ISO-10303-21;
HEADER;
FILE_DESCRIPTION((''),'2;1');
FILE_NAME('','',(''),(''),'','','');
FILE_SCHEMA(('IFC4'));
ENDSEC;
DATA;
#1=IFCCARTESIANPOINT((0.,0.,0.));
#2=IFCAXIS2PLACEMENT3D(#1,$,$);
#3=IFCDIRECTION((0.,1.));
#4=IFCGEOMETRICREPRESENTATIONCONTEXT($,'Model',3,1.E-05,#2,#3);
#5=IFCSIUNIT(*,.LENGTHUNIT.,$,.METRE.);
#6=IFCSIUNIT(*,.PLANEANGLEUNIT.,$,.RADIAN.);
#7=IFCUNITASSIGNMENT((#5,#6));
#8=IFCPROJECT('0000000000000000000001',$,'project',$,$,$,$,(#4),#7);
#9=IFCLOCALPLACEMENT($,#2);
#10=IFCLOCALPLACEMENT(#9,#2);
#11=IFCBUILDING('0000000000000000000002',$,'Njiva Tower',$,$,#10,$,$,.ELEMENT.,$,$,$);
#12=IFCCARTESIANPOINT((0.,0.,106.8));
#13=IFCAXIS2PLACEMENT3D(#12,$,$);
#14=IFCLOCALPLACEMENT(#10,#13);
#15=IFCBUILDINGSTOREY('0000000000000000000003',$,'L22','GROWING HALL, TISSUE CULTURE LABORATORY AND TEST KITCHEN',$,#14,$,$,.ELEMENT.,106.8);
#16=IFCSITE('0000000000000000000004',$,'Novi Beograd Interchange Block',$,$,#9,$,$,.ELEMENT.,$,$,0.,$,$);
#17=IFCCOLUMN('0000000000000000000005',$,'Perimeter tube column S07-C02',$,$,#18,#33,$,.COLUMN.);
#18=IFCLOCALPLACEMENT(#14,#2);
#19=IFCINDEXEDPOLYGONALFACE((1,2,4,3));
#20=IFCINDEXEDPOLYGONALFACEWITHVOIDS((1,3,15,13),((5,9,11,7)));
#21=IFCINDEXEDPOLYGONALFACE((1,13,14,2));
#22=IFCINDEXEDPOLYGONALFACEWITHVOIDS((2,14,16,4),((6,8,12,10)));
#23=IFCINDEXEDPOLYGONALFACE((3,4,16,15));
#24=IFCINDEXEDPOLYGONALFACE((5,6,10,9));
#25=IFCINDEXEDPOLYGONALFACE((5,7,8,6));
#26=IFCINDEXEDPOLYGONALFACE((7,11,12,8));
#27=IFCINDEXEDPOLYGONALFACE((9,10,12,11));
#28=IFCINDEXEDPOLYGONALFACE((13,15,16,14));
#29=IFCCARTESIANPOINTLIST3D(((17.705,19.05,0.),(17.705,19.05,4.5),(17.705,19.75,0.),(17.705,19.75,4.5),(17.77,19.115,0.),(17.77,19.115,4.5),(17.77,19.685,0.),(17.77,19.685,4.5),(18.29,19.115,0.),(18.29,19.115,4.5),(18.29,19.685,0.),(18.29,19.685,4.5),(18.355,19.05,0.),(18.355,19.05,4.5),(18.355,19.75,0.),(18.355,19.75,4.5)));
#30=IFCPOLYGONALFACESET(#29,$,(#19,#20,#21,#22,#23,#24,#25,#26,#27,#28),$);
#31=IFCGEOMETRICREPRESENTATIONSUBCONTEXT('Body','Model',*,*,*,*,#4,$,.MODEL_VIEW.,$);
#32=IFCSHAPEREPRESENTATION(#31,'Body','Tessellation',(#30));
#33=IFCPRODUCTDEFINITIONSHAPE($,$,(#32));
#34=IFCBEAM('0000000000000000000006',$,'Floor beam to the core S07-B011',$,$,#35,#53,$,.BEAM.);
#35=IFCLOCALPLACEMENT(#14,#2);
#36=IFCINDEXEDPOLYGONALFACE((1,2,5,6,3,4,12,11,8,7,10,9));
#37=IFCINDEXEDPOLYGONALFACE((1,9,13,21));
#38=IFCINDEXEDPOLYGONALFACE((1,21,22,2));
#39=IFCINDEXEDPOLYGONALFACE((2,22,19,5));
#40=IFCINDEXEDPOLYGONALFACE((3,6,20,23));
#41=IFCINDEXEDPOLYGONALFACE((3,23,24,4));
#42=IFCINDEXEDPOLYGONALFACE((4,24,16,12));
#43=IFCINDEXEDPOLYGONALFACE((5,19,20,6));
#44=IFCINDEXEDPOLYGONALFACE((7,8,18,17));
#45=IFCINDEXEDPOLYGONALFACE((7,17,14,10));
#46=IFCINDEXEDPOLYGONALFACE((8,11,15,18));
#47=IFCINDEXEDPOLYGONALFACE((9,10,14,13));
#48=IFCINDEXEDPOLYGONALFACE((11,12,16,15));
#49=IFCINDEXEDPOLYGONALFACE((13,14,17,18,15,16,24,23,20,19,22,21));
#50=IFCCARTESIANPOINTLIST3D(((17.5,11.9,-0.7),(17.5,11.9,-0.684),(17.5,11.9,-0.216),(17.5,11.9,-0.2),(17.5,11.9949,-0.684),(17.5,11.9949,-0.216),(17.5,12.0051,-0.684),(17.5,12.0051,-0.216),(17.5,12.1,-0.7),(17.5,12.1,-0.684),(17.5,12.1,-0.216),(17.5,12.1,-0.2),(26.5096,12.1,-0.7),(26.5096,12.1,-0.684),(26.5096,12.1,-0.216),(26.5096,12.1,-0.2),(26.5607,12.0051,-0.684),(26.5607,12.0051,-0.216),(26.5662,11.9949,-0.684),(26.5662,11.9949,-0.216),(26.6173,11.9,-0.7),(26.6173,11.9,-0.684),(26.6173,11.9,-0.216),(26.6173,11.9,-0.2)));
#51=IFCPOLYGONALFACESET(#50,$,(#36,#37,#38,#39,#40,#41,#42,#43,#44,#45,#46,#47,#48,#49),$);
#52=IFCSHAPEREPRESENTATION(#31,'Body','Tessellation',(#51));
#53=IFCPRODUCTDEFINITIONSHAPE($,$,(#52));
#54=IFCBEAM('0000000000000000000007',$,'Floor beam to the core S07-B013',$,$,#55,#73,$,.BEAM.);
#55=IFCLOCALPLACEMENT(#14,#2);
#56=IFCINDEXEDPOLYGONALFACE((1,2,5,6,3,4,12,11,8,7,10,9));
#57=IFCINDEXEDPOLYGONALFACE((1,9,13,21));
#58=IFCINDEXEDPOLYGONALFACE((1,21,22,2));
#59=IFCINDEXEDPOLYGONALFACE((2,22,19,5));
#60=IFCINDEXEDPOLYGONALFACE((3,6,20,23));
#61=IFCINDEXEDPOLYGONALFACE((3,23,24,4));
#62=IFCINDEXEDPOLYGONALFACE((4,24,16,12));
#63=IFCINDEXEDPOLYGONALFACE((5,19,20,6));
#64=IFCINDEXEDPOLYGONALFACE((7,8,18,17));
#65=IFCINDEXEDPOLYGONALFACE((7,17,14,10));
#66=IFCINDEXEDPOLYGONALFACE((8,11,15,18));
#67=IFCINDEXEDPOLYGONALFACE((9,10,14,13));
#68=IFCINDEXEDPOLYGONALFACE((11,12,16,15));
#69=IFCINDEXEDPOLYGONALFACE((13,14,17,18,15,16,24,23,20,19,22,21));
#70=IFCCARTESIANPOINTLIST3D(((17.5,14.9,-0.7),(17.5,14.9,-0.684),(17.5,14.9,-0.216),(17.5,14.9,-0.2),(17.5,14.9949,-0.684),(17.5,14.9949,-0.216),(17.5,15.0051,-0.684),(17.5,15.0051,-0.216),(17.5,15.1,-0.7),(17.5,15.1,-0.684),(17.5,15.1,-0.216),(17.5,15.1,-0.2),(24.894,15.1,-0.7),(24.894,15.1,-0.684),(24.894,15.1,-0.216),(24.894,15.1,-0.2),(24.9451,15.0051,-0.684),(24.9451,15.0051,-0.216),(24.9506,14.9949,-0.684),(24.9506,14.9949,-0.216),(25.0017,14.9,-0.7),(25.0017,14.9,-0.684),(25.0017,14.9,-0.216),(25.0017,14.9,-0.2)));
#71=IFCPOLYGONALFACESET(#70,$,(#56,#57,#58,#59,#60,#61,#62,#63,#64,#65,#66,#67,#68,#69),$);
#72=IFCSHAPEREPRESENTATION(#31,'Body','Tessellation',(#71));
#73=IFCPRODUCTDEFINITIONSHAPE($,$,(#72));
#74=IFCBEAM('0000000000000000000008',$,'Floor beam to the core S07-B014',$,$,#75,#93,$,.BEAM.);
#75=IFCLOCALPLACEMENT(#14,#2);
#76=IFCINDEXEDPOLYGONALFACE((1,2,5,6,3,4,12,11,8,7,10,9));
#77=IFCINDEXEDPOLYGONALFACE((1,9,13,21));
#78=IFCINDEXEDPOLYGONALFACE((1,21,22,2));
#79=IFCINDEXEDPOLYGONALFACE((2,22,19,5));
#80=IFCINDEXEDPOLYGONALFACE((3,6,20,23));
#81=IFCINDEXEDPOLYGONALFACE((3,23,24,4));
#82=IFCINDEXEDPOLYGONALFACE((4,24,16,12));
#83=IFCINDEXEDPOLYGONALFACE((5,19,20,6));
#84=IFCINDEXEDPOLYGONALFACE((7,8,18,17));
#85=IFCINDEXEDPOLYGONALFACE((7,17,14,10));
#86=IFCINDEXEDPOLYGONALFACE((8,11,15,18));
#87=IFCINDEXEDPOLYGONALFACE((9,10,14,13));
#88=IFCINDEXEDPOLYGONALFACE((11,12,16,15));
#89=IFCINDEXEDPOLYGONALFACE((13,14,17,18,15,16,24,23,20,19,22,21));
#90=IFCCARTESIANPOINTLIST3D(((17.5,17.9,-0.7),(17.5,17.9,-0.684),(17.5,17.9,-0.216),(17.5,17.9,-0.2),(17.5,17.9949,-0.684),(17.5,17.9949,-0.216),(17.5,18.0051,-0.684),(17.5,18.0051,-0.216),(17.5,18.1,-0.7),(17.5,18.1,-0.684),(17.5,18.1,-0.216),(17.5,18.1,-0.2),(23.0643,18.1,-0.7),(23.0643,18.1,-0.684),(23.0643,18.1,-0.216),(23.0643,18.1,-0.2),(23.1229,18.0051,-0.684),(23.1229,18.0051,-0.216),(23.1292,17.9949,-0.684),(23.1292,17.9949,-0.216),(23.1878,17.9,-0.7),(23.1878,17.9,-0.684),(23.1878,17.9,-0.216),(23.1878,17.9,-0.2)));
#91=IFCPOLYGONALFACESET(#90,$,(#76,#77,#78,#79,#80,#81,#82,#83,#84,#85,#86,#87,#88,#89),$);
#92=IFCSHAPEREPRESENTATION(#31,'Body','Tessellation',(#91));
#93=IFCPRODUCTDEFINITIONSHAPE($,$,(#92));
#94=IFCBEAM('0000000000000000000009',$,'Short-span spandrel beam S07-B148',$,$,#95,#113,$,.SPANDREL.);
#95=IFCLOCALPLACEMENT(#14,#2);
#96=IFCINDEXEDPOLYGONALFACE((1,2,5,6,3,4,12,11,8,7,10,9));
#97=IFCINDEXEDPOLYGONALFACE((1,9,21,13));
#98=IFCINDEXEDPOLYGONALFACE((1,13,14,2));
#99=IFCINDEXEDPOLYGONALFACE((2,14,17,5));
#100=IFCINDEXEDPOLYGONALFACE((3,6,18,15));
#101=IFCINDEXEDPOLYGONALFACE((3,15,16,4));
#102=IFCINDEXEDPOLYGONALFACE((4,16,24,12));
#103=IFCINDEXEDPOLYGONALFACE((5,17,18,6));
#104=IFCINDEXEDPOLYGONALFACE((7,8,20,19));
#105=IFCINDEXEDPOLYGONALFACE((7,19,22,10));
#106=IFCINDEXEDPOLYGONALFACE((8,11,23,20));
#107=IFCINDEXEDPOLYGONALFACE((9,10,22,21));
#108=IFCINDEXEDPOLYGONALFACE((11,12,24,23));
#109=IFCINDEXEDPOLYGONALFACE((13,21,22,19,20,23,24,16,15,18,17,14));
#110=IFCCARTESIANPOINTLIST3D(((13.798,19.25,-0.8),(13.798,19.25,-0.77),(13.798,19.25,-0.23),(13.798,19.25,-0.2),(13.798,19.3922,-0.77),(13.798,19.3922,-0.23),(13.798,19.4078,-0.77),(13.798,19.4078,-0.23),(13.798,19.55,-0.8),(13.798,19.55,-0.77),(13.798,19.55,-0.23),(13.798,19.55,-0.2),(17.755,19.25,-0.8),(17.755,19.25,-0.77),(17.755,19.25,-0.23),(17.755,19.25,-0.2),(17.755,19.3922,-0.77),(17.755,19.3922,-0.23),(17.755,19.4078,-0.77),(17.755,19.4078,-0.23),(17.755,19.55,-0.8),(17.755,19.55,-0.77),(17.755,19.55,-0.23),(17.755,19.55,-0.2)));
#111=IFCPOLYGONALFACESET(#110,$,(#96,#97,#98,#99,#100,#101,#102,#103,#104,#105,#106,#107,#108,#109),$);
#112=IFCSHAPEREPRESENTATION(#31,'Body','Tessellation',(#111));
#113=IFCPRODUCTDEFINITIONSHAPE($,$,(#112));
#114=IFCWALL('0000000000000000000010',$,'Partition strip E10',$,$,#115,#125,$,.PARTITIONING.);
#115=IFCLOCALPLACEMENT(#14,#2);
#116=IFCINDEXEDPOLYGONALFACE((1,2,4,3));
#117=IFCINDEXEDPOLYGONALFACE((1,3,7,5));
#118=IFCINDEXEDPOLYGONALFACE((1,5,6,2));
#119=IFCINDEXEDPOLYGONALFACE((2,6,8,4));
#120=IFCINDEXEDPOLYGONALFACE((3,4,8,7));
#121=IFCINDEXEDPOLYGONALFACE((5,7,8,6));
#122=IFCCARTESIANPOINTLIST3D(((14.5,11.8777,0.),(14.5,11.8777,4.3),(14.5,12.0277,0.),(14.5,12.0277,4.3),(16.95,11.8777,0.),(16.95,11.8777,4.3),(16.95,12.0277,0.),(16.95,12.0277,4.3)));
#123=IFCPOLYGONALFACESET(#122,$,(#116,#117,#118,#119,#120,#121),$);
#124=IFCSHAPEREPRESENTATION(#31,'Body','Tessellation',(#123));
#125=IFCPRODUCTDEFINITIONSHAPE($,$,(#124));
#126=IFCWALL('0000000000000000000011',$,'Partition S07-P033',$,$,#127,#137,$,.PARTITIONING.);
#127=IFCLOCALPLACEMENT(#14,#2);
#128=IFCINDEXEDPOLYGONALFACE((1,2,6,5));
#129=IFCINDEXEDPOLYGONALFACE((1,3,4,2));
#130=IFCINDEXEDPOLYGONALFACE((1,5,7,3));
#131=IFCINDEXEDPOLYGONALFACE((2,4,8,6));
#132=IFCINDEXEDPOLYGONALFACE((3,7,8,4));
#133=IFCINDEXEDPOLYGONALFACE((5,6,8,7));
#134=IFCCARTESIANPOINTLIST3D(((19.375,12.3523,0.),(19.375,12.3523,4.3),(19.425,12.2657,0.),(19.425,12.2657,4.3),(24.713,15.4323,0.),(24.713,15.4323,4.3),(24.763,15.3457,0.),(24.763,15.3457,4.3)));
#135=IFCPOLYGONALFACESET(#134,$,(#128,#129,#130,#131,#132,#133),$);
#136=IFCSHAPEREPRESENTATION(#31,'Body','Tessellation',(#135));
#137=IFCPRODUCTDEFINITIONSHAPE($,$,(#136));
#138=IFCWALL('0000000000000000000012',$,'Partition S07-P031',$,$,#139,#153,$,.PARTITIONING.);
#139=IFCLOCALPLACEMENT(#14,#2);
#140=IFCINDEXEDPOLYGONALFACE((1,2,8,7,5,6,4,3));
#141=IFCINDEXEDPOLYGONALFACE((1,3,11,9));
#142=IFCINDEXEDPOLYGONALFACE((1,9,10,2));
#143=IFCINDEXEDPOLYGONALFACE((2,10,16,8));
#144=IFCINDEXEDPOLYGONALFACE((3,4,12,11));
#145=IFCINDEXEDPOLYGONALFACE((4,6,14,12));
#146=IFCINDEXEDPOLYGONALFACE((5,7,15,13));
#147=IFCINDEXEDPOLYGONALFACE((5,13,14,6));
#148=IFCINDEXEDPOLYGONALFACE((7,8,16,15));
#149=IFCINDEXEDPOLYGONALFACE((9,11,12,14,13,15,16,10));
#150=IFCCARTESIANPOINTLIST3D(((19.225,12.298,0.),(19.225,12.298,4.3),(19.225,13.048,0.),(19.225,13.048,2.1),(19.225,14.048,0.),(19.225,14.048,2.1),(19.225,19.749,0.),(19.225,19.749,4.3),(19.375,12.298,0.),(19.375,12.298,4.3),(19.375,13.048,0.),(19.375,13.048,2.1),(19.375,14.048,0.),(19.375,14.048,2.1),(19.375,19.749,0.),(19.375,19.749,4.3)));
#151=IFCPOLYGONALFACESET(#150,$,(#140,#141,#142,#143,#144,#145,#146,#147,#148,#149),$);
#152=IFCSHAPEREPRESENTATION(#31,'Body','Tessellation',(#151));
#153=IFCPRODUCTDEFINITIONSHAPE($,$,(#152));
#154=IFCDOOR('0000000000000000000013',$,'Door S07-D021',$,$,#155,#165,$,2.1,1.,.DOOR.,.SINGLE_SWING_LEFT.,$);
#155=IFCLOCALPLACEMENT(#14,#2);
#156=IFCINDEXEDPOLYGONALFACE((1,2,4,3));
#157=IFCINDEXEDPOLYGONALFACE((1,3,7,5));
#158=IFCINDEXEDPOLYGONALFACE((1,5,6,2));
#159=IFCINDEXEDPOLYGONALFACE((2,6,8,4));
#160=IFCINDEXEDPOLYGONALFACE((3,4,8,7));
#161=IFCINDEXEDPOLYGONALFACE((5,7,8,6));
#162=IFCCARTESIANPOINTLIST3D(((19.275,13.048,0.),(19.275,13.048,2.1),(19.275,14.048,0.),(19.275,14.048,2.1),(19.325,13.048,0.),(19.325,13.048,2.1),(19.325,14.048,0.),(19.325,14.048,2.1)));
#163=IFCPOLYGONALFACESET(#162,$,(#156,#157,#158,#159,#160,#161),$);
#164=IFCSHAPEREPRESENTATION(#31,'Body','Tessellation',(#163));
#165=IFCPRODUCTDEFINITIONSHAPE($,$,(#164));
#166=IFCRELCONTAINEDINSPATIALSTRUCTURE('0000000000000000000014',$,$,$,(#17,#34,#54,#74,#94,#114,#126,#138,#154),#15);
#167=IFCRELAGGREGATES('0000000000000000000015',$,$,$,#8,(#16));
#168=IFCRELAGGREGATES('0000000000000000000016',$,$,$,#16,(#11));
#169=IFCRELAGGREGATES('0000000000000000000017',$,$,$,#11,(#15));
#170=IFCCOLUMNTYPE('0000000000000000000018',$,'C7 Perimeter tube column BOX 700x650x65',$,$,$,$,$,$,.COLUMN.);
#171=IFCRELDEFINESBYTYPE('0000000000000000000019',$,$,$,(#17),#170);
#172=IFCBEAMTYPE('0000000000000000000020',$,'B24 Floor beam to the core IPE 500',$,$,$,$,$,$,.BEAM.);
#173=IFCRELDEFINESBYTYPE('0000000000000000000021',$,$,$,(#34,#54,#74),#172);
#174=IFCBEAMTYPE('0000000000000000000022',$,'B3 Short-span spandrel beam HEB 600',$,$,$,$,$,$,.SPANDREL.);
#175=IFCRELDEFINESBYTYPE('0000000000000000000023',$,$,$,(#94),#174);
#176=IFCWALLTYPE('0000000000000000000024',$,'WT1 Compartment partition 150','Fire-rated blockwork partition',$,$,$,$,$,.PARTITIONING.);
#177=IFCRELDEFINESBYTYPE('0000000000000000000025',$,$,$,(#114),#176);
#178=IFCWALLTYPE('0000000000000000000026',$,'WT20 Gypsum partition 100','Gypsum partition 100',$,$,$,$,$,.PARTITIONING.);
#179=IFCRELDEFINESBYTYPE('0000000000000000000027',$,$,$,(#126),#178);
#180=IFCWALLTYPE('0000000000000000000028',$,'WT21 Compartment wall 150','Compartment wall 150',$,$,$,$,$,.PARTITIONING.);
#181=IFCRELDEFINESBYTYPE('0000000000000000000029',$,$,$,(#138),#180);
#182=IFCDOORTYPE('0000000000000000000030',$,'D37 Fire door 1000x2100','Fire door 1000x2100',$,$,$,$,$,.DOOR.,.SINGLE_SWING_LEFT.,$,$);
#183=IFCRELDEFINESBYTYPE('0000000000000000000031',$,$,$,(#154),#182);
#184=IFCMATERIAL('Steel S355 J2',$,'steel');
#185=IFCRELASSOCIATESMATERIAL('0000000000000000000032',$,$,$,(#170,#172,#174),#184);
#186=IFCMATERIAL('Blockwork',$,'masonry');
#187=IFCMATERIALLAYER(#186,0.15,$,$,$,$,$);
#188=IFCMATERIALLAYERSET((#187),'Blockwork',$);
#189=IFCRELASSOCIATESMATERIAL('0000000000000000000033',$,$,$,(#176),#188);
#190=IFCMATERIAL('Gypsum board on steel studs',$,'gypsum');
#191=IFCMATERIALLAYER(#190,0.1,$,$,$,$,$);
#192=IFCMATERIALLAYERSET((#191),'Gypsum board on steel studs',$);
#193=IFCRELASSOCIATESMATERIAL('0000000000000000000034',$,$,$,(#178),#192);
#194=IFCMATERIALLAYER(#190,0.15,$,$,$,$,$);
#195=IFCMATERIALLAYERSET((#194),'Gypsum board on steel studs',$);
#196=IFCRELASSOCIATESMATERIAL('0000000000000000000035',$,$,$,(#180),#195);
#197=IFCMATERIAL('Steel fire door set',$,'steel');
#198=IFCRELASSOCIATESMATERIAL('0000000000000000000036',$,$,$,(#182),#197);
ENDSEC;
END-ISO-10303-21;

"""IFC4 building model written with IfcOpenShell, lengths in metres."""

from ifc_helpers import new_model, si_unit, direction, frame, frame_2d, origin, origin_2d, place, context, subcontext, project, spatial, rectangle, hollow_rectangle, i_section, extrude, clip, halfspace, material, layer, layer_set, material_profile, profile_set, type_object, element, fill, save


model = new_model("IFC4")

# Units and contexts
model_context = context("Model", 3, precision=1e-05, world=origin(), true_north=direction((0.0, 1.0)))
body_context = subcontext(model_context, "Body", "Model", "MODEL_VIEW")
ifc_project = project(units=[si_unit("LENGTHUNIT", "METRE"), si_unit("PLANEANGLEUNIT", "RADIAN")], contexts=[model_context])

# Site, building, storey
site_placement = place(None, origin())
site = spatial("IfcSite", under=ifc_project, at=site_placement, Name="Novi Beograd Interchange Block", CompositionType="ELEMENT", RefElevation=0.0)
building_placement = place(site_placement, origin())
building = spatial("IfcBuilding", under=site, at=building_placement, Name="Njiva Tower", CompositionType="ELEMENT")
storey_placement = place(building_placement, frame((0.0, 0.0, 106.8)))
storey = spatial("IfcBuildingStorey", under=building, at=storey_placement, Name="L22", Description="GROWING HALL, TISSUE CULTURE LABORATORY AND TEST KITCHEN", CompositionType="ELEMENT", Elevation=106.8)

# Column
ifc_material_1 = material(Name="Steel S355 J2", Category="steel")
ifc_material_profile_1 = material_profile(ifc_material_1, hollow_rectangle(XDim=0.65, YDim=0.7, WallThickness=0.065, at=origin_2d()), Name="BOX 700x650x65")
ifc_profile_set_1 = profile_set([ifc_material_profile_1], Name="Steel S355 J2")
column_type = type_object("IfcColumnType", Name="C7 Perimeter tube column BOX 700x650x65", PredefinedType="COLUMN", material=ifc_profile_set_1)
column_placement = place(storey_placement, frame((18.03, 19.4, 0.0), z_axis=(0.0, 0.0, 1.0), x_axis=(-1.0, 0.0, 0.0)))
element("IfcColumn", 1, at=column_placement, inside=storey, type_object=column_type, Name="Perimeter tube column S07-C02", PredefinedType="COLUMN", context=body_context, shape_type="SweptSolid", body=[
    extrude(hollow_rectangle(XDim=0.65, YDim=0.7, WallThickness=0.065, at=origin_2d()), origin(), (0.0, 0.0, 1.0), 4.5),
])

# Beams
ifc_material_profile_2 = material_profile(ifc_material_1, i_section(OverallWidth=0.2, OverallDepth=0.5, WebThickness=0.0102, FlangeThickness=0.016, at=origin_2d()), Name="IPE 500")
ifc_profile_set_2 = profile_set([ifc_material_profile_2], Name="Steel S355 J2")
beam_type_1 = type_object("IfcBeamType", Name="B24 Floor beam to the core IPE 500", PredefinedType="BEAM", material=ifc_profile_set_2)
beam_1_placement = place(storey_placement, frame((17.5, 12.0, -0.45), z_axis=(1.0, 0.0, 0.0), x_axis=(0.0, 1.0, 0.0)))
element("IfcBeam", 2, at=beam_1_placement, inside=storey, type_object=beam_type_1, Name="Floor beam to the core S07-B011", PredefinedType="BEAM", context=body_context, shape_type="Clipping", body=[
    clip(extrude(i_section(OverallWidth=0.2, OverallDepth=0.5, WebThickness=0.0102, FlangeThickness=0.016, at=origin_2d()), origin(), (0.0, 0.0, 1.0), 9.137), halfspace(frame((0.0237, 0.0, 9.0507), z_axis=(0.474152, 0.0, 0.880443), x_axis=(0.0, 1.0, 0.0)), False)),
])
beam_2_placement = place(storey_placement, frame((17.5, 15.0, -0.45), z_axis=(1.0, 0.0, 0.0), x_axis=(0.0, 1.0, 0.0)))
element("IfcBeam", 3, at=beam_2_placement, inside=storey, type_object=beam_type_1, Name="Floor beam to the core S07-B013", PredefinedType="BEAM", context=body_context, shape_type="Clipping", body=[
    clip(extrude(i_section(OverallWidth=0.2, OverallDepth=0.5, WebThickness=0.0102, FlangeThickness=0.016, at=origin_2d()), origin(), (0.0, 0.0, 1.0), 7.522), halfspace(frame((0.0237, 0.0, 7.4351), z_axis=(0.474152, 0.0, 0.880443), x_axis=(0.0, 1.0, 0.0)), False)),
])
beam_3_placement = place(storey_placement, frame((17.5, 18.0, -0.45), z_axis=(1.0, 0.0, 0.0), x_axis=(0.0, 1.0, 0.0)))
element("IfcBeam", 4, at=beam_3_placement, inside=storey, type_object=beam_type_1, Name="Floor beam to the core S07-B014", PredefinedType="BEAM", context=body_context, shape_type="Clipping", body=[
    clip(extrude(i_section(OverallWidth=0.2, OverallDepth=0.5, WebThickness=0.0102, FlangeThickness=0.016, at=origin_2d()), origin(), (0.0, 0.0, 1.0), 5.708), halfspace(frame((0.0263, 0.0, 5.6098), z_axis=(0.52541, 0.0, 0.850849), x_axis=(0.0, 1.0, 0.0)), False)),
])
ifc_material_profile_3 = material_profile(ifc_material_1, i_section(OverallWidth=0.3, OverallDepth=0.6, WebThickness=0.0155, FlangeThickness=0.03, at=origin_2d()), Name="HEB 600")
ifc_profile_set_3 = profile_set([ifc_material_profile_3], Name="Steel S355 J2")
beam_type_2 = type_object("IfcBeamType", Name="B3 Short-span spandrel beam HEB 600", PredefinedType="SPANDREL", material=ifc_profile_set_3)
beam_4_placement = place(storey_placement, frame((17.755, 19.4, -0.5), z_axis=(-1.0, 0.0, 0.0), x_axis=(0.0, -1.0, 0.0)))
element("IfcBeam", 5, at=beam_4_placement, inside=storey, type_object=beam_type_2, Name="Short-span spandrel beam S07-B148", PredefinedType="SPANDREL", context=body_context, shape_type="SweptSolid", body=[
    extrude(i_section(OverallWidth=0.3, OverallDepth=0.6, WebThickness=0.0155, FlangeThickness=0.03, at=origin_2d()), origin(), (0.0, 0.0, 1.0), 3.957),
])

# Walls
ifc_material_2 = material(Name="Blockwork", Category="masonry")
ifc_layer_1 = layer(ifc_material_2, 0.15)
ifc_layer_set_1 = layer_set([ifc_layer_1], Name="Blockwork")
wall_type_1 = type_object("IfcWallType", Name="WT1 Compartment partition 150", Description="Fire-rated blockwork partition", PredefinedType="PARTITIONING", material=ifc_layer_set_1)
wall_1_placement = place(storey_placement, frame((14.5, 11.9527, 0.0), z_axis=(0.0, 0.0, 1.0), x_axis=(1.0, 0.0, 0.0)))
element("IfcWall", 6, at=wall_1_placement, inside=storey, type_object=wall_type_1, Name="Partition strip E10", PredefinedType="PARTITIONING", context=body_context, shape_type="SweptSolid", body=[
    extrude(rectangle(XDim=2.45, YDim=0.15, at=frame_2d((1.225, 0.0))), origin(), (0.0, 0.0, 1.0), 4.3),
])
ifc_material_3 = material(Name="Gypsum board on steel studs", Category="gypsum")
ifc_layer_2 = layer(ifc_material_3, 0.1)
ifc_layer_set_2 = layer_set([ifc_layer_2], Name="Gypsum board on steel studs")
wall_type_2 = type_object("IfcWallType", Name="WT20 Gypsum partition 100", Description="Gypsum partition 100", PredefinedType="PARTITIONING", material=ifc_layer_set_2)
wall_2_placement = place(storey_placement, frame((19.4, 12.309, 0.0), z_axis=(0.0, 0.0, 1.0), x_axis=(0.866159, 0.499769, 0.0)))
element("IfcWall", 7, at=wall_2_placement, inside=storey, type_object=wall_type_2, Name="Partition S07-P033", PredefinedType="PARTITIONING", context=body_context, shape_type="SweptSolid", body=[
    extrude(rectangle(XDim=6.1628, YDim=0.1, at=frame_2d((3.0814, 0.0))), origin(), (0.0, 0.0, 1.0), 4.3),
])

# Wall, opening, door
ifc_layer_3 = layer(ifc_material_3, 0.15)
ifc_layer_set_3 = layer_set([ifc_layer_3], Name="Gypsum board on steel studs")
wall_type_3 = type_object("IfcWallType", Name="WT21 Compartment wall 150", Description="Compartment wall 150", PredefinedType="PARTITIONING", material=ifc_layer_set_3)
wall_3_placement = place(storey_placement, frame((19.3, 12.298, 0.0), z_axis=(0.0, 0.0, 1.0), x_axis=(0.0, 1.0, 0.0)))
wall_3 = element("IfcWall", 8, at=wall_3_placement, inside=storey, type_object=wall_type_3, Name="Partition S07-P031", PredefinedType="PARTITIONING", context=body_context, shape_type="SweptSolid", body=[
    extrude(rectangle(XDim=7.451, YDim=0.15, at=frame_2d((3.7255, 0.0))), origin(), (0.0, 0.0, 1.0), 4.3),
])
opening_placement = place(wall_3_placement, frame((0.75, 0.0, 0.0)))
opening = element("IfcOpeningElement", 9, at=opening_placement, cuts=wall_3, PredefinedType="OPENING", context=body_context, shape_type="SweptSolid", body=[
    extrude(rectangle(XDim=1.0, YDim=2.1, at=frame_2d((0.5, 1.05))), frame((0.0, 0.085, 0.0), z_axis=(0.0, -1.0, 0.0), x_axis=(1.0, 0.0, 0.0)), (0.0, 0.0, 1.0), 0.17),
])
ifc_material_4 = material(Name="Steel fire door set", Category="steel")
door_type = type_object("IfcDoorType", Name="D37 Fire door 1000x2100", Description="Fire door 1000x2100", OperationType="SINGLE_SWING_LEFT", PredefinedType="DOOR", material=ifc_material_4)
door_placement = place(opening_placement, origin())
door = element("IfcDoor", 10, at=door_placement, inside=storey, type_object=door_type, Name="Door S07-D021", OperationType="SINGLE_SWING_LEFT", OverallHeight=2.1, OverallWidth=1.0, PredefinedType="DOOR", context=body_context, shape_type="SweptSolid", body=[
    extrude(rectangle(XDim=1.0, YDim=2.1, at=frame_2d((0.5, 1.05))), frame((0.0, 0.025, 0.0), z_axis=(0.0, -1.0, 0.0), x_axis=(1.0, 0.0, 0.0)), (0.0, 0.0, 1.0), 0.05),
])
fill(opening, door)

save(model, "model.ifc")
